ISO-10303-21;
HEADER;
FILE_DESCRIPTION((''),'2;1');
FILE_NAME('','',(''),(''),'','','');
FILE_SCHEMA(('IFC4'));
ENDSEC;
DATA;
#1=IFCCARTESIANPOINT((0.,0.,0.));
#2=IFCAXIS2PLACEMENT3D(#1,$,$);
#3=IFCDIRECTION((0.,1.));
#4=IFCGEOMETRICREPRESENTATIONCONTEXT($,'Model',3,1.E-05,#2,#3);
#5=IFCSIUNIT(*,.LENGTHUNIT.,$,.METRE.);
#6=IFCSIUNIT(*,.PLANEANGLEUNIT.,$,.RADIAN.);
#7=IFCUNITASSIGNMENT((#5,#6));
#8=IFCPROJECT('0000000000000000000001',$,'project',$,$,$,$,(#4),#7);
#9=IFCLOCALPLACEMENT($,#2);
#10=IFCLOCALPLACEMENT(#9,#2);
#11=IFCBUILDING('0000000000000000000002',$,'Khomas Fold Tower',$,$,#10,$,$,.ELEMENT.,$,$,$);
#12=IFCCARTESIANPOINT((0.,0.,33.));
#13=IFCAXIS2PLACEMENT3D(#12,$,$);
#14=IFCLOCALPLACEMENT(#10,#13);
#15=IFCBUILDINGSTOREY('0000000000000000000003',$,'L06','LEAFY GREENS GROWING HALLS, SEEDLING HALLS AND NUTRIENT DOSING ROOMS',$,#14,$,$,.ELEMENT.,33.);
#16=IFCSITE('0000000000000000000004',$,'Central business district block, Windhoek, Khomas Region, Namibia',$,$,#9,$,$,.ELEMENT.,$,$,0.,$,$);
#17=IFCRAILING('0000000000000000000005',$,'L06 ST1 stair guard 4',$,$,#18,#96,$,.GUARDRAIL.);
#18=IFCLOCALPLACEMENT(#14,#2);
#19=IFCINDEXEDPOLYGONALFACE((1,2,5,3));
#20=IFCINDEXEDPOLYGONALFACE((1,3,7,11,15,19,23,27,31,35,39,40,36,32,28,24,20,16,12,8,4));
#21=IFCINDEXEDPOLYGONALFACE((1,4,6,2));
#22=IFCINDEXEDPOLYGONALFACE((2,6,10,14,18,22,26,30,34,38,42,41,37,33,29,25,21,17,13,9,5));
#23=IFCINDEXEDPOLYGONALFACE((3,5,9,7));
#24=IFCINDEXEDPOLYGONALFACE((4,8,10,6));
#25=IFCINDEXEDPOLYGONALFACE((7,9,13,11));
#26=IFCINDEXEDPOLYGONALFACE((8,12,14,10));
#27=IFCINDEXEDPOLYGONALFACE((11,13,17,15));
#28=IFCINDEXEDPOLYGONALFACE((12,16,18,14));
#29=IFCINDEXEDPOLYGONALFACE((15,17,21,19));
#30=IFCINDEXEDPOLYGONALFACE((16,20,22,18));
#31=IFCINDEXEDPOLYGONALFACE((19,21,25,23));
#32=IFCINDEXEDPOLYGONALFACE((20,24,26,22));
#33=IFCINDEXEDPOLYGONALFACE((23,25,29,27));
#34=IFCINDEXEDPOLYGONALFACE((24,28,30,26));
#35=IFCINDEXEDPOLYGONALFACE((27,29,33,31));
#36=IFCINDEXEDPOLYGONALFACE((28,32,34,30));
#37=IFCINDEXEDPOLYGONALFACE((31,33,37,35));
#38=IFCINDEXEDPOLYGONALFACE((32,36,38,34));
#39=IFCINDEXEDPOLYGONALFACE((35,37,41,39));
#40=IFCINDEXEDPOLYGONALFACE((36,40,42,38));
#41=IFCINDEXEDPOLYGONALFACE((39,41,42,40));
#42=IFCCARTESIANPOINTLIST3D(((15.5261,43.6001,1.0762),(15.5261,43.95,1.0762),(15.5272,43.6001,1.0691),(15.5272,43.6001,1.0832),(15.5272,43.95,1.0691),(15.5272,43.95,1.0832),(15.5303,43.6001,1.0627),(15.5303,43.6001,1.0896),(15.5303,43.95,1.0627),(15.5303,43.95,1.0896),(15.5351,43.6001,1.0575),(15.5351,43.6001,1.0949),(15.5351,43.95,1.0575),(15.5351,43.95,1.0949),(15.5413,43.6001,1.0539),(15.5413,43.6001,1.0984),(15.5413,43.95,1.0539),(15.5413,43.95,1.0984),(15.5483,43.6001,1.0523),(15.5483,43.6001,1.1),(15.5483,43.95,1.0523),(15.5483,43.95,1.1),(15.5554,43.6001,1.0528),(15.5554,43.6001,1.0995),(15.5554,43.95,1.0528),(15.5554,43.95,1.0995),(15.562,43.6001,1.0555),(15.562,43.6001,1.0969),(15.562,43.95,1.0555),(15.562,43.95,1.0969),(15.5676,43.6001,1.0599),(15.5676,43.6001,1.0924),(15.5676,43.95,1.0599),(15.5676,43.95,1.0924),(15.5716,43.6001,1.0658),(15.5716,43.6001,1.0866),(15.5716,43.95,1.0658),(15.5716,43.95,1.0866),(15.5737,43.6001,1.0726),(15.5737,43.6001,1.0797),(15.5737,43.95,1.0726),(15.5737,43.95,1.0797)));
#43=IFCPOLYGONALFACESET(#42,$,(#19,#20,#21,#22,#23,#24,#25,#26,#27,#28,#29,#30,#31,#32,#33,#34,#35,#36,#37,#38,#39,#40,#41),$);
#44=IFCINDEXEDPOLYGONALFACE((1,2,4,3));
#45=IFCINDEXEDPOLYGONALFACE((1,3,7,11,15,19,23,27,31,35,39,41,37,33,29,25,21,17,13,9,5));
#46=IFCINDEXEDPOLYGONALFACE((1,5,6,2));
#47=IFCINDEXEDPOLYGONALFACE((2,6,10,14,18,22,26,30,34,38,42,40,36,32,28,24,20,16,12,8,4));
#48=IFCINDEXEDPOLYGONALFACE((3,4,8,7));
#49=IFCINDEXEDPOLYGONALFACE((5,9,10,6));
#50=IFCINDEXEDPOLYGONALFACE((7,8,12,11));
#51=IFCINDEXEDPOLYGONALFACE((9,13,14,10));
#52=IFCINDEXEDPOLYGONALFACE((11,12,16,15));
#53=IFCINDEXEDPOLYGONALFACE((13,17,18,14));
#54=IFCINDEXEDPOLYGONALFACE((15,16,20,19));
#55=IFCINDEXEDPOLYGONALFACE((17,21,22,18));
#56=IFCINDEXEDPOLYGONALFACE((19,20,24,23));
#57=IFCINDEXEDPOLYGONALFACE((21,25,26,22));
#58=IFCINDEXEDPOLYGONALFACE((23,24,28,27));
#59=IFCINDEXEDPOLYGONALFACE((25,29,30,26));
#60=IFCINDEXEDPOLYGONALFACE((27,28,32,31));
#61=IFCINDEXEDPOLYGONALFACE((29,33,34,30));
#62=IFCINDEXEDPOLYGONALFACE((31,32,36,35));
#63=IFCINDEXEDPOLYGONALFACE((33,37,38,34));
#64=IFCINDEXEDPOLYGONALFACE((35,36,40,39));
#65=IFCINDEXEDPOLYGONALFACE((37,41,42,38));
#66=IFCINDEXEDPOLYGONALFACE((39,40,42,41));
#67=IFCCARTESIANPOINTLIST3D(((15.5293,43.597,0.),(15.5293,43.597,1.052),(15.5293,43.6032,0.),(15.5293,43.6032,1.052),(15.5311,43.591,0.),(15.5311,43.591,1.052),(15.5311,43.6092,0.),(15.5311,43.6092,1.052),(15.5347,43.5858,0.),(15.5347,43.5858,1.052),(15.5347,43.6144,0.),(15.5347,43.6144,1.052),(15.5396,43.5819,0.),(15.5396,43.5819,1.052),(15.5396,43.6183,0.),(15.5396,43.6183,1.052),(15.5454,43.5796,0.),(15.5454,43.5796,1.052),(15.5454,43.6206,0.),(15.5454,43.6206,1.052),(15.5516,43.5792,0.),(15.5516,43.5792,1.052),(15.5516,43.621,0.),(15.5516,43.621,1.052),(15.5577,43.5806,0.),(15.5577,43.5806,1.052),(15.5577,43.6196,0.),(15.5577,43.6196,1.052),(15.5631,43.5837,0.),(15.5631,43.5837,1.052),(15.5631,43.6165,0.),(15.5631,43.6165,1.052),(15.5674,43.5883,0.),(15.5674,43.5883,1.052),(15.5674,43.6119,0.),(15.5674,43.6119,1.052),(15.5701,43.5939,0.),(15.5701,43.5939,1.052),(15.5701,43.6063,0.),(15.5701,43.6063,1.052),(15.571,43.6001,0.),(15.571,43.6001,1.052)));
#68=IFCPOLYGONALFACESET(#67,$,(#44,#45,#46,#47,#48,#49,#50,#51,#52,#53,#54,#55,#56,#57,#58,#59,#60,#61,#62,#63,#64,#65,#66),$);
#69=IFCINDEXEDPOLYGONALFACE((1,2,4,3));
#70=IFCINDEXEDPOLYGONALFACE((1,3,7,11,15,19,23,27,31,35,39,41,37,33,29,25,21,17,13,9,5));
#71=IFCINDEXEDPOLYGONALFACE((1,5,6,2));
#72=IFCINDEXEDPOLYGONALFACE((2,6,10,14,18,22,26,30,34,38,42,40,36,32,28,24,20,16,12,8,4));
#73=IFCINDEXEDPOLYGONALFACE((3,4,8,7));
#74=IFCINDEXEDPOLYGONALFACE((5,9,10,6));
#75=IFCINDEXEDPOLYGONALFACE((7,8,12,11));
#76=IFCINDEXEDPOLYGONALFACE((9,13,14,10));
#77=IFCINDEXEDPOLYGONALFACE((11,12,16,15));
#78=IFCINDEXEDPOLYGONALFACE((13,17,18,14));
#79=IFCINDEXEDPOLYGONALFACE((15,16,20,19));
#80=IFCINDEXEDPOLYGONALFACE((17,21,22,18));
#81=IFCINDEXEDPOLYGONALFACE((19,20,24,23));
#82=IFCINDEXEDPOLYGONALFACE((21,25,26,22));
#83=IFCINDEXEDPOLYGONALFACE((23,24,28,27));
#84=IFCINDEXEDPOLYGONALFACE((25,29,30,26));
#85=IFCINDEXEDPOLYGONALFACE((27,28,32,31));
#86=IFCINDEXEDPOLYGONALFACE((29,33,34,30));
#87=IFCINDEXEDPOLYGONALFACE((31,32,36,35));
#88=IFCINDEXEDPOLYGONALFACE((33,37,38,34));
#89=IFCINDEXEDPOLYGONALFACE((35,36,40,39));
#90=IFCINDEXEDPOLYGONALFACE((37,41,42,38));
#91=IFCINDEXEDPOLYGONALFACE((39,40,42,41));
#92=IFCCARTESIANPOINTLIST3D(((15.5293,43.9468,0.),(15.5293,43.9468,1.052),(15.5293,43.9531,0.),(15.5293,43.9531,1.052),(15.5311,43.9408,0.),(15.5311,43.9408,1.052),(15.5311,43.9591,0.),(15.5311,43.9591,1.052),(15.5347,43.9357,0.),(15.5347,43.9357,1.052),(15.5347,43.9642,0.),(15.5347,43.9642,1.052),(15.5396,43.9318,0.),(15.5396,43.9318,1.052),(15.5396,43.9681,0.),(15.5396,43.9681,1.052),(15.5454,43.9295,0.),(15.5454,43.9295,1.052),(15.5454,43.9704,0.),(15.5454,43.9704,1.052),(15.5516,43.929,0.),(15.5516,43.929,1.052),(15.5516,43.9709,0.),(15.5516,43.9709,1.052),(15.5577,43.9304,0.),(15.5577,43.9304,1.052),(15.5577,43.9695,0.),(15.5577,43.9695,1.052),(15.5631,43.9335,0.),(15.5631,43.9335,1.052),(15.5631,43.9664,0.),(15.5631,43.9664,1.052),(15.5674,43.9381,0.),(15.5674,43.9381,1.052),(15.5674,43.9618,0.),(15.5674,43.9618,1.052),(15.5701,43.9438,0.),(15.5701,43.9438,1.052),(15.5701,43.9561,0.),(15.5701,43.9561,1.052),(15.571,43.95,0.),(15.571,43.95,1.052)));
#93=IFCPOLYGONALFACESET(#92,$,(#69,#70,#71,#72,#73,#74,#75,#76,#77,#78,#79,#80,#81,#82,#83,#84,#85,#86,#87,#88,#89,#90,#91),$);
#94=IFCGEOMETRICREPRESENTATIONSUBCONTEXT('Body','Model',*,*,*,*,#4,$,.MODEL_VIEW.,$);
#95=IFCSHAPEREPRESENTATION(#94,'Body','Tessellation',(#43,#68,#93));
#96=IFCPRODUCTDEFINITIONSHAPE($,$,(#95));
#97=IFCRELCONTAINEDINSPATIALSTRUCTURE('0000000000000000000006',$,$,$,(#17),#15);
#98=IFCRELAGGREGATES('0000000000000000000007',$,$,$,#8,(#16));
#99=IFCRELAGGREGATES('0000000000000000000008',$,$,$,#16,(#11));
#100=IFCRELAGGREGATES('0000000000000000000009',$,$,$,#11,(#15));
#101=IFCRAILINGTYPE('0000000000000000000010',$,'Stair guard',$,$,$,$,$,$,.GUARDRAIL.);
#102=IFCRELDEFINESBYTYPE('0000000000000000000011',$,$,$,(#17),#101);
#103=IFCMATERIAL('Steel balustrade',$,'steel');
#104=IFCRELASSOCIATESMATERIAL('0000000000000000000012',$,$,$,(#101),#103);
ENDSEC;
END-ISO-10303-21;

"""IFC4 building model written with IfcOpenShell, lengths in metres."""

from ifc_helpers import new_model, si_unit, direction, frame, origin, origin_2d, place, context, subcontext, project, spatial, circle, extrude, source, transform, mapped, material, type_object, element, save


model = new_model("IFC4")

# Units and contexts
model_context = context("Model", 3, precision=1e-05, world=origin(), true_north=direction((0.0, 1.0)))
body_context = subcontext(model_context, "Body", "Model", "MODEL_VIEW")
ifc_project = project(units=[si_unit("LENGTHUNIT", "METRE"), si_unit("PLANEANGLEUNIT", "RADIAN")], contexts=[model_context])

# Site, building, storey
site_placement = place(None, origin())
site = spatial("IfcSite", under=ifc_project, at=site_placement, Name="Central business district block, Windhoek, Khomas Region, Namibia", CompositionType="ELEMENT", RefElevation=0.0)
building_placement = place(site_placement, origin())
building = spatial("IfcBuilding", under=site, at=building_placement, Name="Khomas Fold Tower", CompositionType="ELEMENT")
storey_placement = place(building_placement, frame((0.0, 0.0, 33.0)))
storey = spatial("IfcBuildingStorey", under=building, at=storey_placement, Name="L06", Description="LEAFY GREENS GROWING HALLS, SEEDLING HALLS AND NUTRIENT DOSING ROOMS", CompositionType="ELEMENT", Elevation=33.0)

# Railing
ifc_material_1 = material(Name="Steel balustrade", Category="steel")
railing_type_1 = type_object("IfcRailingType", Name="Stair guard", PredefinedType="GUARDRAIL", material=ifc_material_1)
shared_shape_1 = source(origin(), body_context, "Body", "SweptSolid", [
    extrude(circle(Radius=0.0239, at=origin_2d()), frame((0.0, 0.0, 1.0762), z_axis=(0.0, 1.0, 0.0), x_axis=(-1.0, 0.0, 0.0)), (0.0, 0.0, 1.0), 0.3499),
    extrude(circle(Radius=0.021, at=origin_2d()), origin(), (0.0, 0.0, 1.0), 1.052),
    extrude(circle(Radius=0.021, at=origin_2d()), frame((0.0, 0.3499, 0.0)), (0.0, 0.0, 1.0), 1.052),
])
railing_1_placement = place(storey_placement, frame((15.55, 43.6001, 0.0)))
element("IfcRailing", 1, at=railing_1_placement, inside=storey, type_object=railing_type_1, Name="L06 ST1 stair guard 4", PredefinedType="GUARDRAIL", context=body_context, shape_type="MappedRepresentation", body=[
    mapped(shared_shape_1, transform((0.0, 0.0, 0.0))),
])

save(model, "model.ifc")
